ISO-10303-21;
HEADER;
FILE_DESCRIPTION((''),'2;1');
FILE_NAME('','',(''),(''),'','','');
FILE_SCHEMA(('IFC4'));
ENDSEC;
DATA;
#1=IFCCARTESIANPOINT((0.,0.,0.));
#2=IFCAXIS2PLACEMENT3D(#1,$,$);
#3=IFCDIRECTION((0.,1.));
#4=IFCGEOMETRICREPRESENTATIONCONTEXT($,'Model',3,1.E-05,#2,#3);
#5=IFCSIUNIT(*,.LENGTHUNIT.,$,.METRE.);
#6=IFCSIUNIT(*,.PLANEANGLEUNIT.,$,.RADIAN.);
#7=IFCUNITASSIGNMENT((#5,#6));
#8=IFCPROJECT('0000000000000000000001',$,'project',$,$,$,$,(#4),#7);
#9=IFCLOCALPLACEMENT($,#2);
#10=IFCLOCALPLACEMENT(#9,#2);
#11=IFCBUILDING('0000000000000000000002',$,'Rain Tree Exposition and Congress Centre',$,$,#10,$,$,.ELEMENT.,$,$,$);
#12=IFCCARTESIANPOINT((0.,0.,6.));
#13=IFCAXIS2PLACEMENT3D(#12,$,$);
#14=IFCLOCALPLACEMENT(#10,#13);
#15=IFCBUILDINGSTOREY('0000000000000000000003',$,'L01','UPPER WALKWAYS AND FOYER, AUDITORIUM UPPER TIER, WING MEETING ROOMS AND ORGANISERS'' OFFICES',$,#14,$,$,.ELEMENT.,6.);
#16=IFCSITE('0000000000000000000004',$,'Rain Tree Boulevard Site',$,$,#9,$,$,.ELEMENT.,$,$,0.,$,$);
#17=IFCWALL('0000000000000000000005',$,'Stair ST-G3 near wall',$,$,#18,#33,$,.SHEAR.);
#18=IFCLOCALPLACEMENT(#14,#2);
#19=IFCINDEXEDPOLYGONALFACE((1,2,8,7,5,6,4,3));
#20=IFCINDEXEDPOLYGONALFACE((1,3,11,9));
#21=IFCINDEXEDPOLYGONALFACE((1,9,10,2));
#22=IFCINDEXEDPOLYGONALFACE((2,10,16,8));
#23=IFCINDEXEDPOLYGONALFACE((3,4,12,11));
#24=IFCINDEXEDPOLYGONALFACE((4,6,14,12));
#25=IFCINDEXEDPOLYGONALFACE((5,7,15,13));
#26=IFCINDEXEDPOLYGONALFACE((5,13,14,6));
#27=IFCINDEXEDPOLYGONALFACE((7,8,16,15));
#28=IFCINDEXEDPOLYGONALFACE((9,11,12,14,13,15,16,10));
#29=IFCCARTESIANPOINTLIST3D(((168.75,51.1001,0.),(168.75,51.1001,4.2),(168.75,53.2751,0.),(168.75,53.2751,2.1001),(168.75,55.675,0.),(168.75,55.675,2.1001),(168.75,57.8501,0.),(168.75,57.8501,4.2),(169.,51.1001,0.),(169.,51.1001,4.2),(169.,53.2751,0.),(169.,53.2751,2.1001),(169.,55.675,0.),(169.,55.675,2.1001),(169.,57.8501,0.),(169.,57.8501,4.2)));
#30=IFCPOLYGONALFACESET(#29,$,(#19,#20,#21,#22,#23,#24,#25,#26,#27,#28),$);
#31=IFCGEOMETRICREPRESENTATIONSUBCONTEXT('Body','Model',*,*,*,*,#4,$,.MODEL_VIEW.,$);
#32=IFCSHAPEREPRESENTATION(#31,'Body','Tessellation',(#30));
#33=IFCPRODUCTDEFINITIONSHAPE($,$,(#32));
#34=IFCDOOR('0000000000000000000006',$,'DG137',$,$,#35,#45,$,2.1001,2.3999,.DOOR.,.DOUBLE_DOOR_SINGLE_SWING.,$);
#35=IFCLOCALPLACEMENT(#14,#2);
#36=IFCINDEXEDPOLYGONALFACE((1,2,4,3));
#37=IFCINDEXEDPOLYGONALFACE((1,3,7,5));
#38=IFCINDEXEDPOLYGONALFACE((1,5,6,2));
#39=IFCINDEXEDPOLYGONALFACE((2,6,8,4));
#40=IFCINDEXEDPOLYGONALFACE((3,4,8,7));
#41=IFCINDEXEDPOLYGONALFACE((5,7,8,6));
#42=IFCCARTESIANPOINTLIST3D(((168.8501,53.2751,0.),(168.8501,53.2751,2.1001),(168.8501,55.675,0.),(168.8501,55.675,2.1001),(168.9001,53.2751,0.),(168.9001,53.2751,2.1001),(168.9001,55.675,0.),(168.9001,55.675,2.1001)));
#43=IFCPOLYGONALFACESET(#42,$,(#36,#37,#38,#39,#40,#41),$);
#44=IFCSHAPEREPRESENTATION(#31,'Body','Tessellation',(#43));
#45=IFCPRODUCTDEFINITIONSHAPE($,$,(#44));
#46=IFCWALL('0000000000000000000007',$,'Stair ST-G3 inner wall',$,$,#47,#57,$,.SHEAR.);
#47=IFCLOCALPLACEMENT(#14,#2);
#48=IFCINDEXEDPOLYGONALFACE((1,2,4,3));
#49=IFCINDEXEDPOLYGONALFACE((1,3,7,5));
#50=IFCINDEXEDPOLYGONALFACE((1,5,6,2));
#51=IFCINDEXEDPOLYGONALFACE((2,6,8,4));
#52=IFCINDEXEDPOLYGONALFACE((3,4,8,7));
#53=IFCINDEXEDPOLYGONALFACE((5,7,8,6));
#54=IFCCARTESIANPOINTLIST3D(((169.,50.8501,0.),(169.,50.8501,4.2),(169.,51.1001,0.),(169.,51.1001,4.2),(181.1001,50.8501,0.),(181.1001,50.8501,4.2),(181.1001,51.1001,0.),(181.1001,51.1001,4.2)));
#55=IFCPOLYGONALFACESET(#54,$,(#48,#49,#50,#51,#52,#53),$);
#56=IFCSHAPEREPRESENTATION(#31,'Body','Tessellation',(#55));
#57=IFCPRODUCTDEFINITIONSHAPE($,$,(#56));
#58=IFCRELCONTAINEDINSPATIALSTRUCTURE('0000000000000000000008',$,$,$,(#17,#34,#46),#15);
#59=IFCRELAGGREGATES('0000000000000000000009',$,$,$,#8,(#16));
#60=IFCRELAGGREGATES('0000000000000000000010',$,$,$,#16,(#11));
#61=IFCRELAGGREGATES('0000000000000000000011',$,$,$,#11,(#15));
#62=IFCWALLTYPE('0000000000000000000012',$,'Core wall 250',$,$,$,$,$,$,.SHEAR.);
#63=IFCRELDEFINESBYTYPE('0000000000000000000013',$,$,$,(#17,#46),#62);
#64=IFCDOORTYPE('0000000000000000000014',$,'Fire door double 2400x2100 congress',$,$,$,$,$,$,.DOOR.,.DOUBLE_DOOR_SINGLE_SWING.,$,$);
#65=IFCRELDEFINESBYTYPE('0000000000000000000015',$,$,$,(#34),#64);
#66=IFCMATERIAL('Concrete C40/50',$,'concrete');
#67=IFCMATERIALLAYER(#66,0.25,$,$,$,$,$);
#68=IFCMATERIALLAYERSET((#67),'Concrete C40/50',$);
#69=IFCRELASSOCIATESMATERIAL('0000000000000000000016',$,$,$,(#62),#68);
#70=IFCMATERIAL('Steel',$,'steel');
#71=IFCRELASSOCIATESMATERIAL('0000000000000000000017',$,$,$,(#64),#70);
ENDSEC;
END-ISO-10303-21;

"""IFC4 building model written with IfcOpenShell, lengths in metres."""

from ifc_helpers import new_model, si_unit, direction, frame, frame_2d, origin, place, context, subcontext, project, spatial, rectangle, extrude, material, layer, layer_set, type_object, element, fill, save


model = new_model("IFC4")

# Units and contexts
model_context = context("Model", 3, precision=1e-05, world=origin(), true_north=direction((0.0, 1.0)))
body_context = subcontext(model_context, "Body", "Model", "MODEL_VIEW")
ifc_project = project(units=[si_unit("LENGTHUNIT", "METRE"), si_unit("PLANEANGLEUNIT", "RADIAN")], contexts=[model_context])

# Site, building, storey
site_placement = place(None, origin())
site = spatial("IfcSite", under=ifc_project, at=site_placement, Name="Rain Tree Boulevard Site", CompositionType="ELEMENT", RefElevation=0.0)
building_placement = place(site_placement, origin())
building = spatial("IfcBuilding", under=site, at=building_placement, Name="Rain Tree Exposition and Congress Centre", CompositionType="ELEMENT")
storey_placement = place(building_placement, frame((0.0, 0.0, 6.0)))
storey = spatial("IfcBuildingStorey", under=building, at=storey_placement, Name="L01", Description="UPPER WALKWAYS AND FOYER, AUDITORIUM UPPER TIER, WING MEETING ROOMS AND ORGANISERS' OFFICES", CompositionType="ELEMENT", Elevation=6.0)

# Wall, opening, door
ifc_material_1 = material(Name="Concrete C40/50", Category="concrete")
ifc_layer = layer(ifc_material_1, 0.25)
ifc_layer_set = layer_set([ifc_layer], Name="Concrete C40/50")
wall_type = type_object("IfcWallType", Name="Core wall 250", PredefinedType="SHEAR", material=ifc_layer_set)
wall_1_placement = place(storey_placement, frame((168.875, 51.1001, 0.0), z_axis=(0.0, 0.0, 1.0), x_axis=(0.0, 1.0, 0.0)))
wall_1 = element("IfcWall", 1, at=wall_1_placement, inside=storey, type_object=wall_type, Name="Stair ST-G3 near wall", PredefinedType="SHEAR", context=body_context, shape_type="SweptSolid", body=[
    extrude(rectangle(XDim=6.75, YDim=0.25, at=frame_2d((3.375, 0.0))), origin(), (0.0, 0.0, 1.0), 4.2),
])
opening_placement = place(wall_1_placement, frame((2.175, 0.0, 0.0)))
opening = element("IfcOpeningElement", 2, at=opening_placement, cuts=wall_1, PredefinedType="OPENING", context=body_context, shape_type="SweptSolid", body=[
    extrude(rectangle(XDim=2.3999, YDim=2.1001, at=frame_2d((1.2, 1.05))), frame((0.0, 0.125, 0.0), z_axis=(0.0, -1.0, 0.0), x_axis=(1.0, 0.0, 0.0)), (0.0, 0.0, 1.0), 0.25),
])
ifc_material_2 = material(Name="Steel", Category="steel")
door_type = type_object("IfcDoorType", Name="Fire door double 2400x2100 congress", OperationType="DOUBLE_DOOR_SINGLE_SWING", PredefinedType="DOOR", material=ifc_material_2)
door_placement = place(opening_placement, origin())
door = element("IfcDoor", 3, at=door_placement, inside=storey, type_object=door_type, Name="DG137", OperationType="DOUBLE_DOOR_SINGLE_SWING", OverallHeight=2.1001, OverallWidth=2.3999, PredefinedType="DOOR", context=body_context, shape_type="SweptSolid", body=[
    extrude(rectangle(XDim=2.3999, YDim=2.1001, at=frame_2d((1.2, 1.05))), frame((0.0, 0.0249, 0.0), z_axis=(0.0, -1.0, 0.0), x_axis=(1.0, 0.0, 0.0)), (0.0, 0.0, 1.0), 0.05),
])
fill(opening, door)

# Wall
wall_2_placement = place(storey_placement, frame((169.0, 50.9751, 0.0), z_axis=(0.0, 0.0, 1.0), x_axis=(1.0, 0.0, 0.0)))
element("IfcWall", 4, at=wall_2_placement, inside=storey, type_object=wall_type, Name="Stair ST-G3 inner wall", PredefinedType="SHEAR", context=body_context, shape_type="SweptSolid", body=[
    extrude(rectangle(XDim=12.1001, YDim=0.25, at=frame_2d((6.05, 0.0))), origin(), (0.0, 0.0, 1.0), 4.2),
])

save(model, "model.ifc")
